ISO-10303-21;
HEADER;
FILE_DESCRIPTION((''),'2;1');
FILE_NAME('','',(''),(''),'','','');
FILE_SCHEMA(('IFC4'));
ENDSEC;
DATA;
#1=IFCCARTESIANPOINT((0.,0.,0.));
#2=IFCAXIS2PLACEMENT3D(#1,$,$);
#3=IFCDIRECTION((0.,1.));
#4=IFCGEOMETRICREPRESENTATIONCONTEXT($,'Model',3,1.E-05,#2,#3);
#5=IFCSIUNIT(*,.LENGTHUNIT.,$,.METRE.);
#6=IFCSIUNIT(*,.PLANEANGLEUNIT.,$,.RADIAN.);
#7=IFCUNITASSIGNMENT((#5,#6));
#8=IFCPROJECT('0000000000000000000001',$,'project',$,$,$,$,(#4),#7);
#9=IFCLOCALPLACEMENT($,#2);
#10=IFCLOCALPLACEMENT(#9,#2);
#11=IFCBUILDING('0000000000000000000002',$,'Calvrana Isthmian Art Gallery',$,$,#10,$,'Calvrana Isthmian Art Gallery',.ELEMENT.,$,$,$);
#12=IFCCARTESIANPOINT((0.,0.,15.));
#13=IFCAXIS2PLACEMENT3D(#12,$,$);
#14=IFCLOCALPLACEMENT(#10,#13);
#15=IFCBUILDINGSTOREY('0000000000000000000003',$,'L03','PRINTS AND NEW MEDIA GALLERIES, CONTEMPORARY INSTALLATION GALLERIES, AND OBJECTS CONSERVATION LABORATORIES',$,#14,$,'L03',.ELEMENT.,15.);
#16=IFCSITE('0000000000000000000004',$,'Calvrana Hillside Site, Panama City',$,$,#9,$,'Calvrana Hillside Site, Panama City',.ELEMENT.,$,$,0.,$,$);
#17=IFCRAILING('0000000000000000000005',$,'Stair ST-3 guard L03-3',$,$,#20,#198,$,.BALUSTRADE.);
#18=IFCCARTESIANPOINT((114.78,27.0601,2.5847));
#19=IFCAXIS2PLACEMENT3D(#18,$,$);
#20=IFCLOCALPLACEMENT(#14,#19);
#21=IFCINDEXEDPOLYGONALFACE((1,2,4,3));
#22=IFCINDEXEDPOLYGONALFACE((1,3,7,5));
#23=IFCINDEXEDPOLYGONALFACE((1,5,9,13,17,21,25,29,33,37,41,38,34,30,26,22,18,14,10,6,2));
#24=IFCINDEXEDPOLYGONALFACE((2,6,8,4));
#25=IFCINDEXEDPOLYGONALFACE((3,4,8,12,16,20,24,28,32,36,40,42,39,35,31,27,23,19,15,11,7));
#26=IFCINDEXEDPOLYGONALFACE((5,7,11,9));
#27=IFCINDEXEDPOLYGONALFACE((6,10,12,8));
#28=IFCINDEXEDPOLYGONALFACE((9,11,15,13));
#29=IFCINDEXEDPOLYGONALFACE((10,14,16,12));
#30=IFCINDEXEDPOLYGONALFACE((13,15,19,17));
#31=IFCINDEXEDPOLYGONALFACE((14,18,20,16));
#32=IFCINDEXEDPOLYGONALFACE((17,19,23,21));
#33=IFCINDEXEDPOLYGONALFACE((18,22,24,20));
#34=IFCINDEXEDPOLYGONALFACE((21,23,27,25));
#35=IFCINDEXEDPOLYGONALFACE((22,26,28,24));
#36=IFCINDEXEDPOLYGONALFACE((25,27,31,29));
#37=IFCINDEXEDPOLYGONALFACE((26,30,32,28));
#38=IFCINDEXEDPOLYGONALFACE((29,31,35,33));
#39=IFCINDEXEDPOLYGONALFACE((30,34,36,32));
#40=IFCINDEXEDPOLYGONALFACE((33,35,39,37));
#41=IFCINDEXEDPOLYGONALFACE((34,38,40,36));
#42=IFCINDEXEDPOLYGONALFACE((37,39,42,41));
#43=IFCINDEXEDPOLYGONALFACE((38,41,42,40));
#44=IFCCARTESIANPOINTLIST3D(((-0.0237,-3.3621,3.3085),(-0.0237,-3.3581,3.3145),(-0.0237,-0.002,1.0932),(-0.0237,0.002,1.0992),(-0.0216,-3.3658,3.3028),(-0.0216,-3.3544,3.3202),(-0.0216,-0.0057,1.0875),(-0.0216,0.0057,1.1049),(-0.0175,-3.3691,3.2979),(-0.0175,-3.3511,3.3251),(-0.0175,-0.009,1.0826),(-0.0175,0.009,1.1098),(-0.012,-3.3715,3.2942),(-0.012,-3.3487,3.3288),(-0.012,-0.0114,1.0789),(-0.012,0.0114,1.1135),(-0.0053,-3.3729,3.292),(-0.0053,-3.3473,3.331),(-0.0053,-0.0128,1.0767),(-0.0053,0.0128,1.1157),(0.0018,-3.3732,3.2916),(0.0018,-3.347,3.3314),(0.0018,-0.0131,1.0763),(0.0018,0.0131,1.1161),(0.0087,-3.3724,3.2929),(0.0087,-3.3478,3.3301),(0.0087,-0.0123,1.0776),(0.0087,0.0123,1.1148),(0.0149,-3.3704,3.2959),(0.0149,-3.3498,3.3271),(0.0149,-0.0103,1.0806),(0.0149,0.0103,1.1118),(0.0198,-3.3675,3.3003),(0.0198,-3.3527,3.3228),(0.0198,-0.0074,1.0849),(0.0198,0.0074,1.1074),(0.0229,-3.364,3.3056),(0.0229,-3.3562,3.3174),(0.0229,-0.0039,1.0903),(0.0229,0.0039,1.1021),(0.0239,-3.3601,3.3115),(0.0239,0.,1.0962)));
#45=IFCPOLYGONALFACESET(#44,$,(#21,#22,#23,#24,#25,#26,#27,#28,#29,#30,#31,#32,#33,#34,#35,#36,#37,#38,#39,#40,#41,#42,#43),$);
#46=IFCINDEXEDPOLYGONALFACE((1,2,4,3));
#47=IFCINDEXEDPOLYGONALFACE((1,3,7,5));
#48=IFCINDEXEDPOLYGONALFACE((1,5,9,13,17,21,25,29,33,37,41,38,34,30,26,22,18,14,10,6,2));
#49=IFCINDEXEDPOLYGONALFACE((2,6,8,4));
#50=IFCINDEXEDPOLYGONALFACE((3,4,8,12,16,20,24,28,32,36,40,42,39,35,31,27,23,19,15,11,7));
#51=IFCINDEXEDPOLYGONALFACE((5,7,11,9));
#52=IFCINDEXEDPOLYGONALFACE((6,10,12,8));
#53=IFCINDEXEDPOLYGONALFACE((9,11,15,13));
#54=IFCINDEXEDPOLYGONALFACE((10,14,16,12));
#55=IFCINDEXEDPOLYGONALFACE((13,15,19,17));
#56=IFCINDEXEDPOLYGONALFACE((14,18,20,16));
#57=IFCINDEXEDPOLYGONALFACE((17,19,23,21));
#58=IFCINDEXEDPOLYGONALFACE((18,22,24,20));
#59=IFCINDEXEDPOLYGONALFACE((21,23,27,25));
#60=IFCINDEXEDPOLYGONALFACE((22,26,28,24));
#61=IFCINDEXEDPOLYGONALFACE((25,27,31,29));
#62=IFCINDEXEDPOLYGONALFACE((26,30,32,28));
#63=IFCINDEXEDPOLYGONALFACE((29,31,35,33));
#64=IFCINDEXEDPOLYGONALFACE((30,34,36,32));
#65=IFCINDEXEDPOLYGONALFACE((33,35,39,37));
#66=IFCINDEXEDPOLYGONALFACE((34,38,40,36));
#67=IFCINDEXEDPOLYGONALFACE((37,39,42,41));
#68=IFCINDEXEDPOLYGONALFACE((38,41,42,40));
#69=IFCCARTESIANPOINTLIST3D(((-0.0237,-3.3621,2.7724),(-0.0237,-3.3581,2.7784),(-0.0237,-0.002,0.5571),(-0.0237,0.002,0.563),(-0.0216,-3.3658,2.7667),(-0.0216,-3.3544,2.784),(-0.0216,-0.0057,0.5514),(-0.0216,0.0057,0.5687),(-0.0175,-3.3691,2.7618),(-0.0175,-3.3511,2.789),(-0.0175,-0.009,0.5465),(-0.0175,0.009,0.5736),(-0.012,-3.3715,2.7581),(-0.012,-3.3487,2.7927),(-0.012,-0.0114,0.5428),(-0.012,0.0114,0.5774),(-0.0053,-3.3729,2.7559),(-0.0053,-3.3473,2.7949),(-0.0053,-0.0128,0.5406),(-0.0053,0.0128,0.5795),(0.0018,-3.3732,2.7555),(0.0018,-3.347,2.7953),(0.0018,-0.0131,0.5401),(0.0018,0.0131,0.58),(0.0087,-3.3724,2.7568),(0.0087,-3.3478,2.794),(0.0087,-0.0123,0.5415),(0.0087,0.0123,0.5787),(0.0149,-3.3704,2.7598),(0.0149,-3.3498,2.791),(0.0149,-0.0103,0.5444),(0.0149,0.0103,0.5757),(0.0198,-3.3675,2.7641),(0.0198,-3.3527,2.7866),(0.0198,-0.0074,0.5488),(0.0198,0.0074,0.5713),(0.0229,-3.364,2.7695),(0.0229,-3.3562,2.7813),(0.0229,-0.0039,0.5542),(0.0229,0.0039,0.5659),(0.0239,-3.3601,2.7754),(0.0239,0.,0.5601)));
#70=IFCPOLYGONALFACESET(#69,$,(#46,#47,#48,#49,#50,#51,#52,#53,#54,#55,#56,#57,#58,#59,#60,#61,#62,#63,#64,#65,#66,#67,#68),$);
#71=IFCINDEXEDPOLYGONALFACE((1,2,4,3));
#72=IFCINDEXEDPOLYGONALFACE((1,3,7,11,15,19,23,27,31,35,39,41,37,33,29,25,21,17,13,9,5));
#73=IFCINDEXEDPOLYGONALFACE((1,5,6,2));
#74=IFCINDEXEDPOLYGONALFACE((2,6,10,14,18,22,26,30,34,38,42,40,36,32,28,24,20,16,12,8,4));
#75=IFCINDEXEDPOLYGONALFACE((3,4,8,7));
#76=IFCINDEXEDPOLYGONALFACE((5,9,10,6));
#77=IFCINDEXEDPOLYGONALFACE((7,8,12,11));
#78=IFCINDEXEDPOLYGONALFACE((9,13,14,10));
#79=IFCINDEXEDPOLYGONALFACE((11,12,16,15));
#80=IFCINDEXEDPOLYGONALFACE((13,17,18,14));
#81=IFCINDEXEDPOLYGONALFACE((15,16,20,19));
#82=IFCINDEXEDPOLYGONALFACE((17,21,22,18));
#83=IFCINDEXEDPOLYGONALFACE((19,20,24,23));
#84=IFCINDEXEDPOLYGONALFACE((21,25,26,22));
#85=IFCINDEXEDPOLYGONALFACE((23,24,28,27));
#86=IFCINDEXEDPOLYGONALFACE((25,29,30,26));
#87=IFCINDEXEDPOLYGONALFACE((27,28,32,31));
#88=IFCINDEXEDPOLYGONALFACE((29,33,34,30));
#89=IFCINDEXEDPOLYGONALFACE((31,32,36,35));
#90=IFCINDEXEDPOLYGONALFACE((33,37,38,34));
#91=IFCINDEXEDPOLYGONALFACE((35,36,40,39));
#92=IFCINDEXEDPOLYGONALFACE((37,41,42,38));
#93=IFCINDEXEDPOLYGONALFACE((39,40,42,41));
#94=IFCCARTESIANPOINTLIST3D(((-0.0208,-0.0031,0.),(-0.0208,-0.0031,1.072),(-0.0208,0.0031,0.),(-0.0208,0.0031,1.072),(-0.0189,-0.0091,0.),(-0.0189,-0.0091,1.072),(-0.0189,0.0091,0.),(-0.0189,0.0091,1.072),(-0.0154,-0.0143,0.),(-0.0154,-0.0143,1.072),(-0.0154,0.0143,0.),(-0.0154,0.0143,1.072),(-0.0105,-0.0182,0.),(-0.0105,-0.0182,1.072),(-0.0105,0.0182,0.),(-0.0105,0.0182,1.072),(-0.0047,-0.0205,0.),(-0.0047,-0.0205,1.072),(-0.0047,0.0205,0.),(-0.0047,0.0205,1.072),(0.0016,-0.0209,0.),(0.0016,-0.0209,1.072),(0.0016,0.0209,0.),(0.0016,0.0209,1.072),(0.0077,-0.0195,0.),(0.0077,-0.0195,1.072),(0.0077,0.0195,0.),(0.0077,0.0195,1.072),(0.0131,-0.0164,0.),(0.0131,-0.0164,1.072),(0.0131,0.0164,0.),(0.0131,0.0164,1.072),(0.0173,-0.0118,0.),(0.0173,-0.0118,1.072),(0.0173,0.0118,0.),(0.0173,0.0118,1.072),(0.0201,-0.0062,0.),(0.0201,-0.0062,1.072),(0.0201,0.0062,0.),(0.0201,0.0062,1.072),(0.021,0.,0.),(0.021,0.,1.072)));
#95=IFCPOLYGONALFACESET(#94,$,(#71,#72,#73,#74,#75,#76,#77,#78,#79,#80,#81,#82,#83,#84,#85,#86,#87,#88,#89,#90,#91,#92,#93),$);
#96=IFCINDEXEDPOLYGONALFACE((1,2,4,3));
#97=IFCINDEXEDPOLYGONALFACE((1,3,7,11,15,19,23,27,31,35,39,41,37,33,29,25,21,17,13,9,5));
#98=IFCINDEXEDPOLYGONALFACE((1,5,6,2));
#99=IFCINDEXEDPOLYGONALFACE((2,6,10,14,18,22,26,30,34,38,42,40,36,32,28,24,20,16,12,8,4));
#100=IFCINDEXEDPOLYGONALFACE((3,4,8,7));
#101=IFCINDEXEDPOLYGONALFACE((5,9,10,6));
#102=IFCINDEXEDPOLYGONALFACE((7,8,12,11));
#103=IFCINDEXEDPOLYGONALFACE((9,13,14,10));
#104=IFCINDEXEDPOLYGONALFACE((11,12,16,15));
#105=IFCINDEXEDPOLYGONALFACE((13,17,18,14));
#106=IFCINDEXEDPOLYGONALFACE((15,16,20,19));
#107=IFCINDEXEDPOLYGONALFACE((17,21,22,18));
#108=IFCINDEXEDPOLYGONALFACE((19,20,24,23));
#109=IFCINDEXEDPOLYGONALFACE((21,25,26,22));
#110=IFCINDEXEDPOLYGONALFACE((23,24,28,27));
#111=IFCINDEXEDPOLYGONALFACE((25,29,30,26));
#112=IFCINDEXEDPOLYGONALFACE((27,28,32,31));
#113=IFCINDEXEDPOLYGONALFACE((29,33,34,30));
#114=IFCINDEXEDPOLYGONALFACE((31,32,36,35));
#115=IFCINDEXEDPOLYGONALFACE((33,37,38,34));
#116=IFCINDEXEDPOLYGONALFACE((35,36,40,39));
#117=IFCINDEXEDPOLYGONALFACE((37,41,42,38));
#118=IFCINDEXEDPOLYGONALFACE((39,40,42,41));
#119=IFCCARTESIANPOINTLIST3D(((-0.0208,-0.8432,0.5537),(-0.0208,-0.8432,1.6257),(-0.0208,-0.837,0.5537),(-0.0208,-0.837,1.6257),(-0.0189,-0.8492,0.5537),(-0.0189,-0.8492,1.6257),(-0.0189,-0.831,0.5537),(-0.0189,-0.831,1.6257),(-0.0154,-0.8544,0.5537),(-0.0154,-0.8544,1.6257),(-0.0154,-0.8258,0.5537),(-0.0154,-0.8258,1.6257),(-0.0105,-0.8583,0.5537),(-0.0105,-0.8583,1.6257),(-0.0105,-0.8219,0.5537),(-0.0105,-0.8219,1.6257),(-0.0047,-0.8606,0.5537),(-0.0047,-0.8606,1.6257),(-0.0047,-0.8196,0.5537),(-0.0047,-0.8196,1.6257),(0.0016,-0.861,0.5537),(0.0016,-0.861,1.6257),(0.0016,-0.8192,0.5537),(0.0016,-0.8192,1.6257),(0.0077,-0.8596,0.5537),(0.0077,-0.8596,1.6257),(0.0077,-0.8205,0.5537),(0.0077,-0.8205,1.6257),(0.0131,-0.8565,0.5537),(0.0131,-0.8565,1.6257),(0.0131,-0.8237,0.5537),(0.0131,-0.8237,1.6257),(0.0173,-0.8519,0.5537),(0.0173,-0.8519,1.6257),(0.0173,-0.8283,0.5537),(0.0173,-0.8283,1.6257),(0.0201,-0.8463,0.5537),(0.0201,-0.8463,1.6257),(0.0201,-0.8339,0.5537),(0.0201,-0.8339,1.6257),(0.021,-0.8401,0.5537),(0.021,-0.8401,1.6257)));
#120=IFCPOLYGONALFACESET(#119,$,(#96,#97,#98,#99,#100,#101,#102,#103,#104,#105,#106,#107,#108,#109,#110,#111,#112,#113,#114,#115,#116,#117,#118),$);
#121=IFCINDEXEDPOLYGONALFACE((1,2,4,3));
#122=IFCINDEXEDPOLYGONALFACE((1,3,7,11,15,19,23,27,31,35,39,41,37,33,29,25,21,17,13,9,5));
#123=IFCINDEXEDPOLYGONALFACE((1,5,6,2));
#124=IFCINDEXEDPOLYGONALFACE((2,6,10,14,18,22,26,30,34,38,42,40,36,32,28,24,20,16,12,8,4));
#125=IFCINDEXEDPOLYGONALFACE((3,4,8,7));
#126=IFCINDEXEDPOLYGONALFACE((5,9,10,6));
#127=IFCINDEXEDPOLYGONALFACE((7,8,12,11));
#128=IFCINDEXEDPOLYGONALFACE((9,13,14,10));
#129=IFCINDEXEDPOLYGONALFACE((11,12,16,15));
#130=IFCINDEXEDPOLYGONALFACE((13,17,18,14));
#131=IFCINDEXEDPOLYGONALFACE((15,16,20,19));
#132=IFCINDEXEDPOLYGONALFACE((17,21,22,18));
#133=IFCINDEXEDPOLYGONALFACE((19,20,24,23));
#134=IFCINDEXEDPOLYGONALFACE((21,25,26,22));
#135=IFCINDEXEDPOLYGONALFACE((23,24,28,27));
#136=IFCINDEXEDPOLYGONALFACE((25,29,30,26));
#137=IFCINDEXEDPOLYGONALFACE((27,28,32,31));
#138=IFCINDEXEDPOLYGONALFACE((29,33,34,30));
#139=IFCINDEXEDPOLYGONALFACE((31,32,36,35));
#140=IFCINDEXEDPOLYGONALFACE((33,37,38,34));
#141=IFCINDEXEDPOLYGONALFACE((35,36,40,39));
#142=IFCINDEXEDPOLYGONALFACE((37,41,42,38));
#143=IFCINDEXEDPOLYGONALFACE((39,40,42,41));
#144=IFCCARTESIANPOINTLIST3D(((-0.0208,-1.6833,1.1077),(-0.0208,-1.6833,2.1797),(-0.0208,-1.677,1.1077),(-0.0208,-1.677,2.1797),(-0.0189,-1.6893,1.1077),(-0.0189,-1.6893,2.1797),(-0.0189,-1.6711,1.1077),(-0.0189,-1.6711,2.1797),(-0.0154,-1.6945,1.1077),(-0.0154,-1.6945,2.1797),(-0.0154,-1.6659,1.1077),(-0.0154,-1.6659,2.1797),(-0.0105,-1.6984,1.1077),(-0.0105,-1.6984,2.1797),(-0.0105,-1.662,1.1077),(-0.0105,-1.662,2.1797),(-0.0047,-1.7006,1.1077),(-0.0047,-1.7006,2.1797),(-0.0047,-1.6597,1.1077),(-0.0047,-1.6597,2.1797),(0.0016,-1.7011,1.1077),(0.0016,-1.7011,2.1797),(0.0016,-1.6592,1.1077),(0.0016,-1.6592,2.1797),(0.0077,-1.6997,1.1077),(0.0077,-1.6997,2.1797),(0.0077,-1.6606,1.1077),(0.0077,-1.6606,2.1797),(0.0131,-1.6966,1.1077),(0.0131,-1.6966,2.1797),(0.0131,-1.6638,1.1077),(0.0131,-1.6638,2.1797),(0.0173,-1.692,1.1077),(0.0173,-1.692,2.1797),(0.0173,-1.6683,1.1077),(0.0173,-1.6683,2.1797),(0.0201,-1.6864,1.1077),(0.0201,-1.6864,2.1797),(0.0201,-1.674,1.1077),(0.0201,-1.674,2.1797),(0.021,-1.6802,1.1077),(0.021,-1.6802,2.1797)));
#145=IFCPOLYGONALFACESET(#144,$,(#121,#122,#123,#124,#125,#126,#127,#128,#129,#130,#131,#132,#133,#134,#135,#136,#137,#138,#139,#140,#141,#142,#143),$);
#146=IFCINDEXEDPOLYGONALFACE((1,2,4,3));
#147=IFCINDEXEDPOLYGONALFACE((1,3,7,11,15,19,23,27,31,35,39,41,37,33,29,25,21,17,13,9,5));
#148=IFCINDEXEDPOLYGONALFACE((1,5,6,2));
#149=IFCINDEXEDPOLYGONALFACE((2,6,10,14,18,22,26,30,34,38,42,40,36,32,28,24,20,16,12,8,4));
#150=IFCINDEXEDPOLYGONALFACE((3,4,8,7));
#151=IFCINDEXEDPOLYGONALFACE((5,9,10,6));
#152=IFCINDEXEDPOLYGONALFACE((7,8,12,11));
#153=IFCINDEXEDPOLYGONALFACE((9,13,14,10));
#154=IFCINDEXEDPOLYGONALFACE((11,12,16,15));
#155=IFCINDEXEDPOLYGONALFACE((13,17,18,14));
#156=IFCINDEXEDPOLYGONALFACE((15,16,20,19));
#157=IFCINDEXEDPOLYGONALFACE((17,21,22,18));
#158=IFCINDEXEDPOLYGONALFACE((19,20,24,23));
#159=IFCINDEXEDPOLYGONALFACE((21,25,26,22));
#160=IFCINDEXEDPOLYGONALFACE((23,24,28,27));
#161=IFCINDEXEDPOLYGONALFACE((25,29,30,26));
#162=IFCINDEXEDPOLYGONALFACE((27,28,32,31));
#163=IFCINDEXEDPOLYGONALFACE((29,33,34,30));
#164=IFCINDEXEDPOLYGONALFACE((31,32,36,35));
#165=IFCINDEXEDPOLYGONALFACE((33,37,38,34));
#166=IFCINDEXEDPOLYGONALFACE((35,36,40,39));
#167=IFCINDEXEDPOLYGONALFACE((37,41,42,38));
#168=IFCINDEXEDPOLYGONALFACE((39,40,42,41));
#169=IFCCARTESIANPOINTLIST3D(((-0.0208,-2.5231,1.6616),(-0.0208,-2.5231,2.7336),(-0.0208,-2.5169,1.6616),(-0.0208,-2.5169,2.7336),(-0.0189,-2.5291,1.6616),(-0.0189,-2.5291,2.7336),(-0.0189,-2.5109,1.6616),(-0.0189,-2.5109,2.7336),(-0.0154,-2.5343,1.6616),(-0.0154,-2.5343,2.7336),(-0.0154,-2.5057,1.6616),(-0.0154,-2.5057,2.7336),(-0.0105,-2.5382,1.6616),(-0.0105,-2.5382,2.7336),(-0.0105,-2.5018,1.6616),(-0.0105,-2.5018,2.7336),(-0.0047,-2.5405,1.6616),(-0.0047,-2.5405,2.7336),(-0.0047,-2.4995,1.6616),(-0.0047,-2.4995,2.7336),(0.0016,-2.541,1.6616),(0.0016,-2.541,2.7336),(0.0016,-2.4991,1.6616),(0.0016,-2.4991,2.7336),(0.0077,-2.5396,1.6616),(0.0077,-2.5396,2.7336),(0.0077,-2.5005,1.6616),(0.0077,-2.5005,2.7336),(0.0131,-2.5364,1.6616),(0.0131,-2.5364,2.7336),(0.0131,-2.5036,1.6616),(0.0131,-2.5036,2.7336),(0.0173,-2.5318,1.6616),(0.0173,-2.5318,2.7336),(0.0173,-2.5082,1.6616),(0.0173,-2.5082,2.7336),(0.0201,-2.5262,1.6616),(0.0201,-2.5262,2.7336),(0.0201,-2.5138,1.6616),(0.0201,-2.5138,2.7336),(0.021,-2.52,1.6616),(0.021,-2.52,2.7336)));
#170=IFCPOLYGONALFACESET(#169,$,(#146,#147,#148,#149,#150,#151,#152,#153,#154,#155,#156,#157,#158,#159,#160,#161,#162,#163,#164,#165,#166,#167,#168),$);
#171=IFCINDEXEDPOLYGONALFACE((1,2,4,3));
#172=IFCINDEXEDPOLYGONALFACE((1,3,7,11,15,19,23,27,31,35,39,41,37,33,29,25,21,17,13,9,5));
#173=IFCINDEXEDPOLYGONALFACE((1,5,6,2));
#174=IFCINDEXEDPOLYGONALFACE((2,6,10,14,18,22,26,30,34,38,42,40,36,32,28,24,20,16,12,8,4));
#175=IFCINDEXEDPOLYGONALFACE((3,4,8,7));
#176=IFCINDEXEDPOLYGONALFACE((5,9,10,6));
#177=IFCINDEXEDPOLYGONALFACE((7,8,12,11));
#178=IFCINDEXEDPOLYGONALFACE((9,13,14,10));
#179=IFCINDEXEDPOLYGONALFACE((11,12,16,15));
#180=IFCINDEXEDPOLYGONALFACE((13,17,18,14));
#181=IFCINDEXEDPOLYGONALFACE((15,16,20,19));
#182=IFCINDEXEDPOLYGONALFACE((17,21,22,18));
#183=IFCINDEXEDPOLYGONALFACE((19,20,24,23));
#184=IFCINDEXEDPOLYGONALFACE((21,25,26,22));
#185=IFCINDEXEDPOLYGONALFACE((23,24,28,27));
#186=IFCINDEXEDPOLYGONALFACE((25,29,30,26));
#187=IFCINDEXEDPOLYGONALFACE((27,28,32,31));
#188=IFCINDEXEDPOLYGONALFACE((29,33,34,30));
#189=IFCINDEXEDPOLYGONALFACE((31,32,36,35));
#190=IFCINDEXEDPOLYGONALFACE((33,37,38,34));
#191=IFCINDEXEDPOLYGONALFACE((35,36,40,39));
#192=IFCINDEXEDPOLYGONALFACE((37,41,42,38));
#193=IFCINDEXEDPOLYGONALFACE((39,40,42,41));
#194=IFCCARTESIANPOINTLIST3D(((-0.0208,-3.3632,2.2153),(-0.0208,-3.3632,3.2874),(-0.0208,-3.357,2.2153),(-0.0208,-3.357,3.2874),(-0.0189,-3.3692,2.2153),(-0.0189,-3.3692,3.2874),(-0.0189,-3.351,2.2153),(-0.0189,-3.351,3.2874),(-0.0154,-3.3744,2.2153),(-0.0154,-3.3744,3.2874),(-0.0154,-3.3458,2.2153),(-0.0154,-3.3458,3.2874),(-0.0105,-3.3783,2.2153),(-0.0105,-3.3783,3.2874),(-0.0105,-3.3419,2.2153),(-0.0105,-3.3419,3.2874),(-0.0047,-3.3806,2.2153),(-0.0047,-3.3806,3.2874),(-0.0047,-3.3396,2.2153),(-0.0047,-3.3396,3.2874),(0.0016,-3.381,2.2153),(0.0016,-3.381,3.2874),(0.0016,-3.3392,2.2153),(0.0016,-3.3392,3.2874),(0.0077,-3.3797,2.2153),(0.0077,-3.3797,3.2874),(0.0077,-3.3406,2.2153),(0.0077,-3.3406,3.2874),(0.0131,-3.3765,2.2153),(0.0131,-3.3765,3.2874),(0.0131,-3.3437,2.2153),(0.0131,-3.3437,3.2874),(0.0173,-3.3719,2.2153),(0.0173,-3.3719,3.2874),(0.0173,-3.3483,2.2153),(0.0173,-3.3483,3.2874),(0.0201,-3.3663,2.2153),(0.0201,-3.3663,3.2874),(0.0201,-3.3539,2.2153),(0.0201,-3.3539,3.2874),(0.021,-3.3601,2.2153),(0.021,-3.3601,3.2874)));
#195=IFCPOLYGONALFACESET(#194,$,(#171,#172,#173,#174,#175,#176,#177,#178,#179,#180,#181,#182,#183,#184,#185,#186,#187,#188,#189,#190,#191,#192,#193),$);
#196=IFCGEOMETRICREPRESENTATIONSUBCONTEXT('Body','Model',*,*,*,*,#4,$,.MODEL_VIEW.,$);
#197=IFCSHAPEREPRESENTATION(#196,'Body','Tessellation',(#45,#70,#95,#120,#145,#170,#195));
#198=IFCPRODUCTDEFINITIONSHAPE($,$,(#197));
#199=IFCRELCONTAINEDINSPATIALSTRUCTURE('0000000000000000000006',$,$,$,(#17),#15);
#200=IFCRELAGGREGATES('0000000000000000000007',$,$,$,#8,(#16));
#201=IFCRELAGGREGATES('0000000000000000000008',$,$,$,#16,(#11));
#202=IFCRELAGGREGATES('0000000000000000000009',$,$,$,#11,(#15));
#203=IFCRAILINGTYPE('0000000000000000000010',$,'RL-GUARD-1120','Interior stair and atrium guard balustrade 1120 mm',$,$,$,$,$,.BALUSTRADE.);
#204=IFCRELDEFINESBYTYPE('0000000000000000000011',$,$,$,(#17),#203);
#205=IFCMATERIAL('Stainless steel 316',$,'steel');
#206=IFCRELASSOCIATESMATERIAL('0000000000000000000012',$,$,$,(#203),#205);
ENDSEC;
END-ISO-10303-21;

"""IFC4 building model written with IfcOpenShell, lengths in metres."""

from ifc_helpers import new_model, si_unit, direction, frame, origin, origin_2d, place, context, subcontext, project, spatial, circle, extrude, material, type_object, element, save


model = new_model("IFC4")

# Units and contexts
model_context = context("Model", 3, precision=1e-05, world=origin(), true_north=direction((0.0, 1.0)))
body_context = subcontext(model_context, "Body", "Model", "MODEL_VIEW")
ifc_project = project(units=[si_unit("LENGTHUNIT", "METRE"), si_unit("PLANEANGLEUNIT", "RADIAN")], contexts=[model_context])

# Site, building, storey
site_placement = place(None, origin())
site = spatial("IfcSite", under=ifc_project, at=site_placement, Name="Calvrana Hillside Site, Panama City", LongName="Calvrana Hillside Site, Panama City", CompositionType="ELEMENT", RefElevation=0.0)
building_placement = place(site_placement, origin())
building = spatial("IfcBuilding", under=site, at=building_placement, Name="Calvrana Isthmian Art Gallery", LongName="Calvrana Isthmian Art Gallery", CompositionType="ELEMENT")
storey_placement = place(building_placement, frame((0.0, 0.0, 15.0)))
storey = spatial("IfcBuildingStorey", under=building, at=storey_placement, Name="L03", Description="PRINTS AND NEW MEDIA GALLERIES, CONTEMPORARY INSTALLATION GALLERIES, AND OBJECTS CONSERVATION LABORATORIES", LongName="L03", CompositionType="ELEMENT", Elevation=15.0)

# Shared definitions
ifc_material_1 = material(Name="Stainless steel 316", Category="steel")

# Railing
railing_type_1 = type_object("IfcRailingType", Name="RL-GUARD-1120", Description="Interior stair and atrium guard balustrade 1120 mm", PredefinedType="BALUSTRADE", material=ifc_material_1)
railing_1_placement = place(storey_placement, frame((114.78, 27.0601, 2.5847)))
element("IfcRailing", 1, at=railing_1_placement, inside=storey, type_object=railing_type_1, Name="Stair ST-3 guard L03-3", PredefinedType="BALUSTRADE", context=body_context, shape_type="SweptSolid", body=[
    extrude(circle(Radius=0.0239, at=origin_2d()), frame((0.0, 0.0, 1.0962), z_axis=(0.0, -0.834876, 0.550437), x_axis=(1.0, 0.0, 0.0)), (0.0, 0.0, 1.0), 4.0247),
    extrude(circle(Radius=0.0239, at=origin_2d()), frame((0.0, 0.0, 0.5601), z_axis=(0.0, -0.834876, 0.550437), x_axis=(1.0, 0.0, 0.0)), (0.0, 0.0, 1.0), 4.0247),
    extrude(circle(Radius=0.021, at=origin_2d()), origin(), (0.0, 0.0, 1.0), 1.072),
    extrude(circle(Radius=0.021, at=origin_2d()), frame((0.0, -0.8401, 0.5537)), (0.0, 0.0, 1.0), 1.072),
    extrude(circle(Radius=0.021, at=origin_2d()), frame((0.0, -1.6802, 1.1077)), (0.0, 0.0, 1.0), 1.072),
    extrude(circle(Radius=0.021, at=origin_2d()), frame((0.0, -2.52, 1.6616)), (0.0, 0.0, 1.0), 1.072),
    extrude(circle(Radius=0.021, at=origin_2d()), frame((0.0, -3.3601, 2.2153)), (0.0, 0.0, 1.0), 1.072),
])

save(model, "model.ifc")
